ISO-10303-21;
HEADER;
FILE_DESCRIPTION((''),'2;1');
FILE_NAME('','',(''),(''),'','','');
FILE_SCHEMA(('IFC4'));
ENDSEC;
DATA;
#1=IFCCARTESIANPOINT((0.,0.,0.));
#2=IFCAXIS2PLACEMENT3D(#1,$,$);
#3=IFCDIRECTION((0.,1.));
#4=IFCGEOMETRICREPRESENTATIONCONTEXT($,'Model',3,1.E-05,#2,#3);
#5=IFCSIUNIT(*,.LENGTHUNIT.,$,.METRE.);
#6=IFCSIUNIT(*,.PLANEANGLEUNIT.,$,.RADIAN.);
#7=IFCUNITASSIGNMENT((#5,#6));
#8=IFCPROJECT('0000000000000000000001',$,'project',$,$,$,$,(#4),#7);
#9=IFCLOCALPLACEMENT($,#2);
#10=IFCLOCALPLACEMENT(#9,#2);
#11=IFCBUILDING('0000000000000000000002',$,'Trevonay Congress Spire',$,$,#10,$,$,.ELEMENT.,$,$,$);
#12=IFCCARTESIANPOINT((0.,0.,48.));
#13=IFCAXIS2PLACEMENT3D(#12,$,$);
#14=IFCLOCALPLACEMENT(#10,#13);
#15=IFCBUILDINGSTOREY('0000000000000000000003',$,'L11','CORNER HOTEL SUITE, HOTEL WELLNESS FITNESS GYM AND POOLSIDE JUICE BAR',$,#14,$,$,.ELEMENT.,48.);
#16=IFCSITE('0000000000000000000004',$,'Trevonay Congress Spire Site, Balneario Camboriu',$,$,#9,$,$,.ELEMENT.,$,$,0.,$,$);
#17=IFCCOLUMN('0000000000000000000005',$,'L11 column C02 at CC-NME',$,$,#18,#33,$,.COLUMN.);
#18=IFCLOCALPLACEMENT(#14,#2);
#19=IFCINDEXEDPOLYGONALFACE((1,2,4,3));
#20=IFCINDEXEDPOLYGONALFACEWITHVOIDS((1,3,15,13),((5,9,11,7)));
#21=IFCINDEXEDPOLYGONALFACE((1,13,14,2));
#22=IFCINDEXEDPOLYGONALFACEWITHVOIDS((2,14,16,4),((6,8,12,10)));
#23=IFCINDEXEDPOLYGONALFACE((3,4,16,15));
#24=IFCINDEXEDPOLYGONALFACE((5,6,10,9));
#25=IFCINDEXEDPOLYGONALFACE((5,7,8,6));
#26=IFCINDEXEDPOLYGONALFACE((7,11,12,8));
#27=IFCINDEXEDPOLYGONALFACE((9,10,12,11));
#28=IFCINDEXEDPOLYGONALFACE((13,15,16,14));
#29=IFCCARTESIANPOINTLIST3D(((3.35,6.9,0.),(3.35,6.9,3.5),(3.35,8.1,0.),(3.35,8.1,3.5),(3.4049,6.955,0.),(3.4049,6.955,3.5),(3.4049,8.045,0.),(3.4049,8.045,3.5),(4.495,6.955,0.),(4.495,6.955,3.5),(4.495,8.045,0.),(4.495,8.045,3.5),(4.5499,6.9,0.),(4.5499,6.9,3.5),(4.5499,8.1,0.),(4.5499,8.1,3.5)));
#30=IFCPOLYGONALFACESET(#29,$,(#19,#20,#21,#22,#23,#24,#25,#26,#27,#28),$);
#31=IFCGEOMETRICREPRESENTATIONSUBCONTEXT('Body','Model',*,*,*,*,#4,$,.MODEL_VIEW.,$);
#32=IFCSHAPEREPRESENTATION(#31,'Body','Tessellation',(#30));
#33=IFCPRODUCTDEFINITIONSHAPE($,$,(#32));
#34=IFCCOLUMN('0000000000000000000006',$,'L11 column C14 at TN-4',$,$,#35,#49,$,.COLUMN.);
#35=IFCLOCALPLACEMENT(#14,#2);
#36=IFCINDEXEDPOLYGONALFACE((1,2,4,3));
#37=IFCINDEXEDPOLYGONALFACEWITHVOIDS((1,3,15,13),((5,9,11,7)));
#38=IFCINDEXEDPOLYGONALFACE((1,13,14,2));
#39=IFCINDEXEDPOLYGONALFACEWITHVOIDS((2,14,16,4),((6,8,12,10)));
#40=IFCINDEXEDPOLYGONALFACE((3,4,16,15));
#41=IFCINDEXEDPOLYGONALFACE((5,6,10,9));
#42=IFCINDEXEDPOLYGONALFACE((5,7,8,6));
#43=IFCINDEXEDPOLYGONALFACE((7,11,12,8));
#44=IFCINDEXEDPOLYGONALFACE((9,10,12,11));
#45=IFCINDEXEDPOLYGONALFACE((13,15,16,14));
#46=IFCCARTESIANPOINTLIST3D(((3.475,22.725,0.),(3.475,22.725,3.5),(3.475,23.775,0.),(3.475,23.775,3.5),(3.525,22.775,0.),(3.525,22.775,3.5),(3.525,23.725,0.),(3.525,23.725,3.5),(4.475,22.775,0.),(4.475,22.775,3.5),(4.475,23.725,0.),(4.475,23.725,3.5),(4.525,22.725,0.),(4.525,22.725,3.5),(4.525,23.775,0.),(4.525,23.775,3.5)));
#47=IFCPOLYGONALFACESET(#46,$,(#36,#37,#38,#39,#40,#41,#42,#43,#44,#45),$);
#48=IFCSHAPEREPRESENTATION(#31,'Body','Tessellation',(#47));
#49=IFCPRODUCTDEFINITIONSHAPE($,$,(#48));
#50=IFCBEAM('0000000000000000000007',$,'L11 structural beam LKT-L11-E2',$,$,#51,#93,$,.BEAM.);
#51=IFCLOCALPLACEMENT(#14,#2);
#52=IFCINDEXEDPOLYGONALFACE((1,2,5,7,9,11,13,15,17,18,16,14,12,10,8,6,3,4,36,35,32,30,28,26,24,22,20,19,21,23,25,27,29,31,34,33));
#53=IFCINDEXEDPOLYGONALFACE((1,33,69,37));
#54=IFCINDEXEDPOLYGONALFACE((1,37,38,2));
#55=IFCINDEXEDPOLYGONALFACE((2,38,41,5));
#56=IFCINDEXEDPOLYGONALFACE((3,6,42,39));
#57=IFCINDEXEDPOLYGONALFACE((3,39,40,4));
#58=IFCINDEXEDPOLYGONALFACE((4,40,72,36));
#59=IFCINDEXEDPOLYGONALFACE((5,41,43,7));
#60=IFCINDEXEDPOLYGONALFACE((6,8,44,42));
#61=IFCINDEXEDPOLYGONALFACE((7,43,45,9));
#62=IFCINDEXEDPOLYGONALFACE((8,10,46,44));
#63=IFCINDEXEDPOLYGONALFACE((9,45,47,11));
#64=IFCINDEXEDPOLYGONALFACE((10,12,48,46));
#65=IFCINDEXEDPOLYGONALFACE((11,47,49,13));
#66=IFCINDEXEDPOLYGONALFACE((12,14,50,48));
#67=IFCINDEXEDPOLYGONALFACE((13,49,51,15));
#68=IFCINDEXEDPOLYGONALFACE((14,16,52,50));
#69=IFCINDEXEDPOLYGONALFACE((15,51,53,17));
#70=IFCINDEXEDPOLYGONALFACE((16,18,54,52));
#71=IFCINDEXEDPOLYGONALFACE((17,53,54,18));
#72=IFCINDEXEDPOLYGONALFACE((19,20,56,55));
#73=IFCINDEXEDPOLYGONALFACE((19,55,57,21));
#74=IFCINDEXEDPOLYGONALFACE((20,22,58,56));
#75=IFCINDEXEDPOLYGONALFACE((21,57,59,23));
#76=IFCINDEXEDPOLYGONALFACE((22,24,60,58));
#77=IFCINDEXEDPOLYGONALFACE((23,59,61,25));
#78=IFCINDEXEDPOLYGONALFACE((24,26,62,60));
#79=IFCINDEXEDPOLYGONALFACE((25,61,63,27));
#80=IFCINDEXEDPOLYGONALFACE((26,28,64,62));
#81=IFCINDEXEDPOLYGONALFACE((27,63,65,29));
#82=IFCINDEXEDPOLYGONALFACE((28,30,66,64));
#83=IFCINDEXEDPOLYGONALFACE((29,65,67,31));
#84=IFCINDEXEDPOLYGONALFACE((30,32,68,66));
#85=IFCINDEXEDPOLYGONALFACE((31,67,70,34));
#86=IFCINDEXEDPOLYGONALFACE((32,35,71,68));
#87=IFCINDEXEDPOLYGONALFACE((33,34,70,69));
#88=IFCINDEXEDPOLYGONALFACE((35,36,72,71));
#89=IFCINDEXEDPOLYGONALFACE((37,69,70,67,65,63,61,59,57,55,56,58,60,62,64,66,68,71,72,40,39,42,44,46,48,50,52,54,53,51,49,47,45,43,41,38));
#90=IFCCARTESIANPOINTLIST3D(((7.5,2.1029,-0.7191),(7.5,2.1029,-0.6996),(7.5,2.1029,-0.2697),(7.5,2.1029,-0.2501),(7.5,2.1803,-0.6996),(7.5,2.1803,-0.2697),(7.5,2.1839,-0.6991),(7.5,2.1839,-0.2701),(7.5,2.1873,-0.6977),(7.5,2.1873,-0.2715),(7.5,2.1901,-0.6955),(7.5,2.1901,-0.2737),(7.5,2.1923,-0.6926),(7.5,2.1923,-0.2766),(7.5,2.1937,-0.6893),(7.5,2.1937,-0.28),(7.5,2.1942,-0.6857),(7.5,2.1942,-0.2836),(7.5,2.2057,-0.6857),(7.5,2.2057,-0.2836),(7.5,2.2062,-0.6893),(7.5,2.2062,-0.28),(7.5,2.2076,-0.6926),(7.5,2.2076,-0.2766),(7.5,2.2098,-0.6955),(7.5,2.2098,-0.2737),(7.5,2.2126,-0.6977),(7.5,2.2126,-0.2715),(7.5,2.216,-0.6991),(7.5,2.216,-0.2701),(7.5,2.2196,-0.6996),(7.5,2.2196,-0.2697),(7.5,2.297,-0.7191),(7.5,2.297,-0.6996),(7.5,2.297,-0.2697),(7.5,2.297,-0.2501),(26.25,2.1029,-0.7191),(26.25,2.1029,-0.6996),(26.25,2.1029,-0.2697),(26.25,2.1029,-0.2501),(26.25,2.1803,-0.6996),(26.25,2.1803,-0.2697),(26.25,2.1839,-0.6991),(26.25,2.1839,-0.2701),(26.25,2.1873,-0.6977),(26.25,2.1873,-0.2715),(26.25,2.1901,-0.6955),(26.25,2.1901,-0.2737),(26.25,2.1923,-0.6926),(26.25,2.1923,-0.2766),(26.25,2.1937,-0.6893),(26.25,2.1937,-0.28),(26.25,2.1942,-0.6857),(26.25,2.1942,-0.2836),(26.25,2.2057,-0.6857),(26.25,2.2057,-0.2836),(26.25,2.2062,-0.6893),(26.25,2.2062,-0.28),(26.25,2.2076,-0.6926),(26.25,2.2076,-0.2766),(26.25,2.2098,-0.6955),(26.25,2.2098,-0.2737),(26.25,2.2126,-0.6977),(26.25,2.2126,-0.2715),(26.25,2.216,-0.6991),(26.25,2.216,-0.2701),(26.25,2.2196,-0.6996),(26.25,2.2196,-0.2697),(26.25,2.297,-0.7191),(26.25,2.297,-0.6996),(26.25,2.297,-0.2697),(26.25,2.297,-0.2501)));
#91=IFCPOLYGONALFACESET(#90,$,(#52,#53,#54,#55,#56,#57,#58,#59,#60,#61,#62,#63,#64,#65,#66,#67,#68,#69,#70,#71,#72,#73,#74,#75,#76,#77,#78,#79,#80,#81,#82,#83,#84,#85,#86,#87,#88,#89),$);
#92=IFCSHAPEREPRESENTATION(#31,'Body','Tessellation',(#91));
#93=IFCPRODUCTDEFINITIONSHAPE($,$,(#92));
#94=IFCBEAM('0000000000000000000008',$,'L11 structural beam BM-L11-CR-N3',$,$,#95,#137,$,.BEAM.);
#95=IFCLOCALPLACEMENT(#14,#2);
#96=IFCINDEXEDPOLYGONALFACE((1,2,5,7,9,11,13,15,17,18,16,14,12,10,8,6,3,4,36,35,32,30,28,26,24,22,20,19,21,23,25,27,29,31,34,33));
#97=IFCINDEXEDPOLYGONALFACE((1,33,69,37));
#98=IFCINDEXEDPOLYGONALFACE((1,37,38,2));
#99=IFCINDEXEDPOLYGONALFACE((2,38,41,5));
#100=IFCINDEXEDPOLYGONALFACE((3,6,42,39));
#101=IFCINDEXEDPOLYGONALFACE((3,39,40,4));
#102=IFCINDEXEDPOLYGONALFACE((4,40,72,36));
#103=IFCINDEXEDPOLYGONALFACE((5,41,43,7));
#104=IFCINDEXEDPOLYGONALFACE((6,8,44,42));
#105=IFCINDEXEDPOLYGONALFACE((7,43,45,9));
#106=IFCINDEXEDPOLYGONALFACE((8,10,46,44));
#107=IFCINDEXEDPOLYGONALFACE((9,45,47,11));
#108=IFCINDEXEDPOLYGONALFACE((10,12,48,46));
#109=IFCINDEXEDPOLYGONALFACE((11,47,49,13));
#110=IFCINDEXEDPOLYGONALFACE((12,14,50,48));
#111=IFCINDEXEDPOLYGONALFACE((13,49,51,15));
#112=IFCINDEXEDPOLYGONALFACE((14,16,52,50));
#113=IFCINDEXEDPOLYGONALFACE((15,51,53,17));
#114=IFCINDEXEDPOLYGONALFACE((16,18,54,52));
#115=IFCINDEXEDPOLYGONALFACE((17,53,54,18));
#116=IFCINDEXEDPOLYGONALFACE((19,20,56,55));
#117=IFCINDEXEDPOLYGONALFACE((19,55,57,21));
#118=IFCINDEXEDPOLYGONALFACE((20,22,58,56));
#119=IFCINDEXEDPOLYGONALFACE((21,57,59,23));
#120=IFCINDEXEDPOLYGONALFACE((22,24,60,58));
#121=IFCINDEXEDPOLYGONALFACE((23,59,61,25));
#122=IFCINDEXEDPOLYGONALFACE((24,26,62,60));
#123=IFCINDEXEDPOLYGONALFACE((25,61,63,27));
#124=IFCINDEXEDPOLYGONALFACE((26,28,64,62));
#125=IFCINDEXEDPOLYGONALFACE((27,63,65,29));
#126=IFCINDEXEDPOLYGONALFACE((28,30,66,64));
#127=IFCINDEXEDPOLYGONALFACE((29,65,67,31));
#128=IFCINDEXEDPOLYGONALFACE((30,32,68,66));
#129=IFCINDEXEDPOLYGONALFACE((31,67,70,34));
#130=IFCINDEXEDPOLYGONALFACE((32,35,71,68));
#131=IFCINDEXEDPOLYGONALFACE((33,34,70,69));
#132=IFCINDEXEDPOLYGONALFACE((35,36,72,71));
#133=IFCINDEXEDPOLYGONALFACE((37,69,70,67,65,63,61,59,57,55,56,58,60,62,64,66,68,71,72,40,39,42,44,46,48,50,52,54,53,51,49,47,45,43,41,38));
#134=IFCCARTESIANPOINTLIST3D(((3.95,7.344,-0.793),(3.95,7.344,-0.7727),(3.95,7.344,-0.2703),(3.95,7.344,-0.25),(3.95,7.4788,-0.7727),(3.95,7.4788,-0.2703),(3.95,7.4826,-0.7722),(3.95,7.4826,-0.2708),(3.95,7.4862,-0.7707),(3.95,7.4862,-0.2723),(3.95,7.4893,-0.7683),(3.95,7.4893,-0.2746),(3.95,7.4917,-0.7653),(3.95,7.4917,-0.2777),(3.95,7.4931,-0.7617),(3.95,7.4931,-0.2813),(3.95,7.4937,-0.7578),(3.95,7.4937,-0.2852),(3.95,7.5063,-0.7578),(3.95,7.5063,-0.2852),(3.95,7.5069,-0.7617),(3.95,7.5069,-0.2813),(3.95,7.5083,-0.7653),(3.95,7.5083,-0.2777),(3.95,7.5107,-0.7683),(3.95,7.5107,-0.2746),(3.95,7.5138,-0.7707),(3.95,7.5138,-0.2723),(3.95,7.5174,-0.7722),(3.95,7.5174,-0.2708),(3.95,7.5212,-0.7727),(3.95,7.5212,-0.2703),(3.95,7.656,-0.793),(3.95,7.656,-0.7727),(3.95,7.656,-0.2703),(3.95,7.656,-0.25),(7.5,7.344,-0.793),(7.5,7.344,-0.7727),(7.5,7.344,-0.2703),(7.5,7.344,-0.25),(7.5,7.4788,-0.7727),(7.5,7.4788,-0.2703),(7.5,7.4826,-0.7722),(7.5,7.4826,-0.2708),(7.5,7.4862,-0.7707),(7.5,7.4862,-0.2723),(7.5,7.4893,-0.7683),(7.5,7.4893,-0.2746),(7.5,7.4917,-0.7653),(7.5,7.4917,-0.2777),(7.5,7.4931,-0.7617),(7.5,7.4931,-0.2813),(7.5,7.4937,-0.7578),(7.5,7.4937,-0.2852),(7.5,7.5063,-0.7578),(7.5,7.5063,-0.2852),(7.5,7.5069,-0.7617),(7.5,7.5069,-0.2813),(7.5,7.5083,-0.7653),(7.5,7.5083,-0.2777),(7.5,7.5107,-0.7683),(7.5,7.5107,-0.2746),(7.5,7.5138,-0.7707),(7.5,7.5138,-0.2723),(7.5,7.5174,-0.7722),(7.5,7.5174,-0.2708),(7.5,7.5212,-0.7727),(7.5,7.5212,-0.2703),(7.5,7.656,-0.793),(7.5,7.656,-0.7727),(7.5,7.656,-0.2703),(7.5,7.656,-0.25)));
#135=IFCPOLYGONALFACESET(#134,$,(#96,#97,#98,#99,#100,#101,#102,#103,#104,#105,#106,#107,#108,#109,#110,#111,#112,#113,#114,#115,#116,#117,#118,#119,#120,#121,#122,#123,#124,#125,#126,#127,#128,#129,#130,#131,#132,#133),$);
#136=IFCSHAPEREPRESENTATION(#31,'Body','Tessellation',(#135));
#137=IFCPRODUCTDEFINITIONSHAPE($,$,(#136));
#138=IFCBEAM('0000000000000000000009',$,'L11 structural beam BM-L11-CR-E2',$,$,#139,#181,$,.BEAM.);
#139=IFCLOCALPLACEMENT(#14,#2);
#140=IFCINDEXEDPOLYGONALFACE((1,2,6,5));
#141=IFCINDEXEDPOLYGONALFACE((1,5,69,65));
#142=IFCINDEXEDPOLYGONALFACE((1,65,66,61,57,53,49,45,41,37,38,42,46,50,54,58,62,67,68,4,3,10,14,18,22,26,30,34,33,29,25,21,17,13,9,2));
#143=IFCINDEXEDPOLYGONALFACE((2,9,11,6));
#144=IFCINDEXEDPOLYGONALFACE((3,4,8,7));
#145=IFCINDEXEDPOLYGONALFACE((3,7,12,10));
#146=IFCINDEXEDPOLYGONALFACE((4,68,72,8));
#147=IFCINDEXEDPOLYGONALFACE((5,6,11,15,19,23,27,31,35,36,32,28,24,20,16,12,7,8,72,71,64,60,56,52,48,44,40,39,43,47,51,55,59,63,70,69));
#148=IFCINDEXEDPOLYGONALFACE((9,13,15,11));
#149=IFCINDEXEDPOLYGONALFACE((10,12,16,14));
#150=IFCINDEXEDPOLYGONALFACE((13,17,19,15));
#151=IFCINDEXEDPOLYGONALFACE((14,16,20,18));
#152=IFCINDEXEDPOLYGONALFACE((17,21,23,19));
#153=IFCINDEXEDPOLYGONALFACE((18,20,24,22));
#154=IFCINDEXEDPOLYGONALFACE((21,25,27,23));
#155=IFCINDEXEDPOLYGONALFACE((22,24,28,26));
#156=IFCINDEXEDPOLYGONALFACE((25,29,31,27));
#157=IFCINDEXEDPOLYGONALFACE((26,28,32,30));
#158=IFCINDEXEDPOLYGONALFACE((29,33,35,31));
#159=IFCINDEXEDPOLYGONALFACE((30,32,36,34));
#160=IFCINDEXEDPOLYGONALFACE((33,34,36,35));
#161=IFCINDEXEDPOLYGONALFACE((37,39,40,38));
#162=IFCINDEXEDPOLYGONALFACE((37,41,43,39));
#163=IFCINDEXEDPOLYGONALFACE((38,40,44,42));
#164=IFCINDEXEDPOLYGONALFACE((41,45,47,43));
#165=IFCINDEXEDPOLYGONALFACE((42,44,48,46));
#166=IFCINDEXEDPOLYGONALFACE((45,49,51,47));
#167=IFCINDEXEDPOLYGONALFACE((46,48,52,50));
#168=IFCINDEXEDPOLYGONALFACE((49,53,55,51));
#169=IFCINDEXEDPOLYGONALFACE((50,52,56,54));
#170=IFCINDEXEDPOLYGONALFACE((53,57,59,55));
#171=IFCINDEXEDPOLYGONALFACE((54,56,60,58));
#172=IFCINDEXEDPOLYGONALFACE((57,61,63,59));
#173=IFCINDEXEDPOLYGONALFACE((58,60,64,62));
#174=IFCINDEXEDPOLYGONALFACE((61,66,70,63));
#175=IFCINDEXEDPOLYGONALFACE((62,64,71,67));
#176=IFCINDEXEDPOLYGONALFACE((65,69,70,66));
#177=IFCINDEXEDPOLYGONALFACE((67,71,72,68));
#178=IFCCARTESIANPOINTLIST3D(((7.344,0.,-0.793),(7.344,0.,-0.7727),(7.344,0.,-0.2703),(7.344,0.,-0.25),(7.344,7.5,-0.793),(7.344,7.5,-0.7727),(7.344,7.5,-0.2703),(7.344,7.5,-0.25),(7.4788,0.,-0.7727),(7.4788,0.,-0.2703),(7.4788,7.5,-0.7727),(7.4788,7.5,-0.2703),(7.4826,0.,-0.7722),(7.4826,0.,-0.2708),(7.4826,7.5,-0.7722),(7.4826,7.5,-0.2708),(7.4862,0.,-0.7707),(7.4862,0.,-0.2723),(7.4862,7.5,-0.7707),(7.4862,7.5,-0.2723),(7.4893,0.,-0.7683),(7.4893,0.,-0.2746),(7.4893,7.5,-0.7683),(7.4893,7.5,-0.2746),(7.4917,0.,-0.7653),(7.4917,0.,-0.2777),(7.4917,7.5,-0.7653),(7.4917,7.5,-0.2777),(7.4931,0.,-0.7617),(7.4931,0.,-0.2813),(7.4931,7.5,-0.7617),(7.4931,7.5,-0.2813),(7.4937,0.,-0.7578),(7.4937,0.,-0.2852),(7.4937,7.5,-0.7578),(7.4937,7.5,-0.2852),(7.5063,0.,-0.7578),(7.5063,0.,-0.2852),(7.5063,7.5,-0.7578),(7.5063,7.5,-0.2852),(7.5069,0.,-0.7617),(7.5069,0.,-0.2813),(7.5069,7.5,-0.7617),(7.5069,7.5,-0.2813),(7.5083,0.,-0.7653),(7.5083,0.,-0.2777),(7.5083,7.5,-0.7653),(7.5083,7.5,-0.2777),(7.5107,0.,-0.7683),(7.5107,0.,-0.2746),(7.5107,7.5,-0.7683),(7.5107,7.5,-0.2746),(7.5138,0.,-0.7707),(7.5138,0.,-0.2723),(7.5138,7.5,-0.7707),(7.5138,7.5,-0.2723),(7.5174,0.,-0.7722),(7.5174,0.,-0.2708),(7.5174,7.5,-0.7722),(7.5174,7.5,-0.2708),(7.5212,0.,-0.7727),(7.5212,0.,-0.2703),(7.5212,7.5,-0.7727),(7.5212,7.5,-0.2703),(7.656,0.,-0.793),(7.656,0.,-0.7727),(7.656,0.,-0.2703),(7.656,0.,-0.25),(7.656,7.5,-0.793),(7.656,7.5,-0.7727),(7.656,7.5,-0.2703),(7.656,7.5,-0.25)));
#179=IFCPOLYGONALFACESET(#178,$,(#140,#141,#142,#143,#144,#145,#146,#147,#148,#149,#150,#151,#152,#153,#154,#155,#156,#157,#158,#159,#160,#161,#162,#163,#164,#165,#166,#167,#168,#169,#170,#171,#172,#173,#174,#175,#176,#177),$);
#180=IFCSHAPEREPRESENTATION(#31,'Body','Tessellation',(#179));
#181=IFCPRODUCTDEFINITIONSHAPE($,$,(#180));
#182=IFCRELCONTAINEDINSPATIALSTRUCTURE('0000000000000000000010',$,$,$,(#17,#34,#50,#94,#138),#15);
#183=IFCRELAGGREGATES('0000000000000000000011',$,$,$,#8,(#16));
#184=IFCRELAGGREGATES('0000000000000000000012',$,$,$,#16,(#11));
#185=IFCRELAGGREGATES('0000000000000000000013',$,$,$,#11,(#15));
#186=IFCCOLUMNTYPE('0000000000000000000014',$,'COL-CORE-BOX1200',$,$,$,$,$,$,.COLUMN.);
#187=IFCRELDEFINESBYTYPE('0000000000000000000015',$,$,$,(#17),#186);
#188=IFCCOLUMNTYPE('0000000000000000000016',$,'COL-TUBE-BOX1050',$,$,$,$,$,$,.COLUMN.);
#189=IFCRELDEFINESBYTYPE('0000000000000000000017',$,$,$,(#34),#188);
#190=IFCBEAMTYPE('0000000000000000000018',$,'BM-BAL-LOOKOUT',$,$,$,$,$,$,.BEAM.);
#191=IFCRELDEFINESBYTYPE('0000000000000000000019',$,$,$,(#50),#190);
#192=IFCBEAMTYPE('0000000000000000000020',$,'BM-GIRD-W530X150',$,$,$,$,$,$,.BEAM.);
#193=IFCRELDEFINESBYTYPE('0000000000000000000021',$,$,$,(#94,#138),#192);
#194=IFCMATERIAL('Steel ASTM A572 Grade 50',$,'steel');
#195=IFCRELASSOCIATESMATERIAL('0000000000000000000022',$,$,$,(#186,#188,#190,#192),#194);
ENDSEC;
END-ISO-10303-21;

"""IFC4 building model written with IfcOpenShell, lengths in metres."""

from ifc_helpers import new_model, si_unit, direction, frame, origin, origin_2d, place, context, subcontext, project, spatial, hollow_rectangle, i_section, extrude, material, material_profile, profile_set, type_object, element, save


model = new_model("IFC4")

# Units and contexts
model_context = context("Model", 3, precision=1e-05, world=origin(), true_north=direction((0.0, 1.0)))
body_context = subcontext(model_context, "Body", "Model", "MODEL_VIEW")
ifc_project = project(units=[si_unit("LENGTHUNIT", "METRE"), si_unit("PLANEANGLEUNIT", "RADIAN")], contexts=[model_context])

# Site, building, storey
site_placement = place(None, origin())
site = spatial("IfcSite", under=ifc_project, at=site_placement, Name="Trevonay Congress Spire Site, Balneario Camboriu", CompositionType="ELEMENT", RefElevation=0.0)
building_placement = place(site_placement, origin())
building = spatial("IfcBuilding", under=site, at=building_placement, Name="Trevonay Congress Spire", CompositionType="ELEMENT")
storey_placement = place(building_placement, frame((0.0, 0.0, 48.0)))
storey = spatial("IfcBuildingStorey", under=building, at=storey_placement, Name="L11", Description="CORNER HOTEL SUITE, HOTEL WELLNESS FITNESS GYM AND POOLSIDE JUICE BAR", CompositionType="ELEMENT", Elevation=48.0)

# Columns
ifc_material_1 = material(Name="Steel ASTM A572 Grade 50", Category="steel")
ifc_material_profile_1 = material_profile(ifc_material_1, hollow_rectangle(XDim=1.2, YDim=1.2, WallThickness=0.0549, at=origin_2d()), Name="BOX 1200x1200x55")
ifc_profile_set_1 = profile_set([ifc_material_profile_1], Name="Steel ASTM A572 Grade 50")
column_type_1 = type_object("IfcColumnType", Name="COL-CORE-BOX1200", PredefinedType="COLUMN", material=ifc_profile_set_1)
column_1_placement = place(storey_placement, frame((3.95, 7.5, 0.0), z_axis=(0.0, 0.0, 1.0), x_axis=(1.0, 0.0, 0.0)))
element("IfcColumn", 1, at=column_1_placement, inside=storey, type_object=column_type_1, Name="L11 column C02 at CC-NME", PredefinedType="COLUMN", context=body_context, shape_type="SweptSolid", body=[
    extrude(hollow_rectangle(XDim=1.2, YDim=1.2, WallThickness=0.0549, at=origin_2d()), origin(), (0.0, 0.0, 1.0), 3.5),
])
ifc_material_profile_2 = material_profile(ifc_material_1, hollow_rectangle(XDim=1.05, YDim=1.05, WallThickness=0.05, at=origin_2d()), Name="BOX 1050x1050x50")
ifc_profile_set_2 = profile_set([ifc_material_profile_2], Name="Steel ASTM A572 Grade 50")
column_type_2 = type_object("IfcColumnType", Name="COL-TUBE-BOX1050", PredefinedType="COLUMN", material=ifc_profile_set_2)
column_2_placement = place(storey_placement, frame((4.0, 23.25, 0.0), z_axis=(0.0, 0.0, 1.0), x_axis=(1.0, 0.0, 0.0)))
element("IfcColumn", 2, at=column_2_placement, inside=storey, type_object=column_type_2, Name="L11 column C14 at TN-4", PredefinedType="COLUMN", context=body_context, shape_type="SweptSolid", body=[
    extrude(hollow_rectangle(XDim=1.05, YDim=1.05, WallThickness=0.05, at=origin_2d()), origin(), (0.0, 0.0, 1.0), 3.5),
])

# Beams
ifc_material_profile_3 = material_profile(ifc_material_1, i_section(OverallWidth=0.1941, OverallDepth=0.469, WebThickness=0.0115, FlangeThickness=0.0195, FilletRadius=0.0139, at=origin_2d()), Name="W460x106")
ifc_profile_set_3 = profile_set([ifc_material_profile_3], Name="Steel ASTM A572 Grade 50")
beam_type_1 = type_object("IfcBeamType", Name="BM-BAL-LOOKOUT", PredefinedType="BEAM", material=ifc_profile_set_3)
beam_1_placement = place(storey_placement, frame((7.5, 2.2, -0.4846), z_axis=(1.0, 0.0, 0.0), x_axis=(0.0, 1.0, 0.0)))
element("IfcBeam", 3, at=beam_1_placement, inside=storey, type_object=beam_type_1, Name="L11 structural beam LKT-L11-E2", PredefinedType="BEAM", context=body_context, shape_type="SweptSolid", body=[
    extrude(i_section(OverallWidth=0.1941, OverallDepth=0.469, WebThickness=0.0115, FlangeThickness=0.0195, FilletRadius=0.0139, at=origin_2d()), origin(), (0.0, 0.0, 1.0), 18.75),
])
ifc_material_profile_4 = material_profile(ifc_material_1, i_section(OverallWidth=0.312, OverallDepth=0.543, WebThickness=0.0127, FlangeThickness=0.0203, FilletRadius=0.0149, at=origin_2d()), Name="W530x150")
ifc_profile_set_4 = profile_set([ifc_material_profile_4], Name="Steel ASTM A572 Grade 50")
beam_type_2 = type_object("IfcBeamType", Name="BM-GIRD-W530X150", PredefinedType="BEAM", material=ifc_profile_set_4)
beam_2_placement = place(storey_placement, frame((3.95, 7.5, -0.5215), z_axis=(1.0, 0.0, 0.0), x_axis=(0.0, 1.0, 0.0)))
element("IfcBeam", 4, at=beam_2_placement, inside=storey, type_object=beam_type_2, Name="L11 structural beam BM-L11-CR-N3", PredefinedType="BEAM", context=body_context, shape_type="SweptSolid", body=[
    extrude(i_section(OverallWidth=0.312, OverallDepth=0.543, WebThickness=0.0127, FlangeThickness=0.0203, FilletRadius=0.0149, at=origin_2d()), origin(), (0.0, 0.0, 1.0), 3.55),
])
beam_3_placement = place(storey_placement, frame((7.5, 0.0, -0.5215), z_axis=(0.0, 1.0, 0.0), x_axis=(-1.0, 0.0, 0.0)))
element("IfcBeam", 5, at=beam_3_placement, inside=storey, type_object=beam_type_2, Name="L11 structural beam BM-L11-CR-E2", PredefinedType="BEAM", context=body_context, shape_type="SweptSolid", body=[
    extrude(i_section(OverallWidth=0.312, OverallDepth=0.543, WebThickness=0.0127, FlangeThickness=0.0203, FilletRadius=0.0149, at=origin_2d()), origin(), (0.0, 0.0, 1.0), 7.5),
])

save(model, "model.ifc")
